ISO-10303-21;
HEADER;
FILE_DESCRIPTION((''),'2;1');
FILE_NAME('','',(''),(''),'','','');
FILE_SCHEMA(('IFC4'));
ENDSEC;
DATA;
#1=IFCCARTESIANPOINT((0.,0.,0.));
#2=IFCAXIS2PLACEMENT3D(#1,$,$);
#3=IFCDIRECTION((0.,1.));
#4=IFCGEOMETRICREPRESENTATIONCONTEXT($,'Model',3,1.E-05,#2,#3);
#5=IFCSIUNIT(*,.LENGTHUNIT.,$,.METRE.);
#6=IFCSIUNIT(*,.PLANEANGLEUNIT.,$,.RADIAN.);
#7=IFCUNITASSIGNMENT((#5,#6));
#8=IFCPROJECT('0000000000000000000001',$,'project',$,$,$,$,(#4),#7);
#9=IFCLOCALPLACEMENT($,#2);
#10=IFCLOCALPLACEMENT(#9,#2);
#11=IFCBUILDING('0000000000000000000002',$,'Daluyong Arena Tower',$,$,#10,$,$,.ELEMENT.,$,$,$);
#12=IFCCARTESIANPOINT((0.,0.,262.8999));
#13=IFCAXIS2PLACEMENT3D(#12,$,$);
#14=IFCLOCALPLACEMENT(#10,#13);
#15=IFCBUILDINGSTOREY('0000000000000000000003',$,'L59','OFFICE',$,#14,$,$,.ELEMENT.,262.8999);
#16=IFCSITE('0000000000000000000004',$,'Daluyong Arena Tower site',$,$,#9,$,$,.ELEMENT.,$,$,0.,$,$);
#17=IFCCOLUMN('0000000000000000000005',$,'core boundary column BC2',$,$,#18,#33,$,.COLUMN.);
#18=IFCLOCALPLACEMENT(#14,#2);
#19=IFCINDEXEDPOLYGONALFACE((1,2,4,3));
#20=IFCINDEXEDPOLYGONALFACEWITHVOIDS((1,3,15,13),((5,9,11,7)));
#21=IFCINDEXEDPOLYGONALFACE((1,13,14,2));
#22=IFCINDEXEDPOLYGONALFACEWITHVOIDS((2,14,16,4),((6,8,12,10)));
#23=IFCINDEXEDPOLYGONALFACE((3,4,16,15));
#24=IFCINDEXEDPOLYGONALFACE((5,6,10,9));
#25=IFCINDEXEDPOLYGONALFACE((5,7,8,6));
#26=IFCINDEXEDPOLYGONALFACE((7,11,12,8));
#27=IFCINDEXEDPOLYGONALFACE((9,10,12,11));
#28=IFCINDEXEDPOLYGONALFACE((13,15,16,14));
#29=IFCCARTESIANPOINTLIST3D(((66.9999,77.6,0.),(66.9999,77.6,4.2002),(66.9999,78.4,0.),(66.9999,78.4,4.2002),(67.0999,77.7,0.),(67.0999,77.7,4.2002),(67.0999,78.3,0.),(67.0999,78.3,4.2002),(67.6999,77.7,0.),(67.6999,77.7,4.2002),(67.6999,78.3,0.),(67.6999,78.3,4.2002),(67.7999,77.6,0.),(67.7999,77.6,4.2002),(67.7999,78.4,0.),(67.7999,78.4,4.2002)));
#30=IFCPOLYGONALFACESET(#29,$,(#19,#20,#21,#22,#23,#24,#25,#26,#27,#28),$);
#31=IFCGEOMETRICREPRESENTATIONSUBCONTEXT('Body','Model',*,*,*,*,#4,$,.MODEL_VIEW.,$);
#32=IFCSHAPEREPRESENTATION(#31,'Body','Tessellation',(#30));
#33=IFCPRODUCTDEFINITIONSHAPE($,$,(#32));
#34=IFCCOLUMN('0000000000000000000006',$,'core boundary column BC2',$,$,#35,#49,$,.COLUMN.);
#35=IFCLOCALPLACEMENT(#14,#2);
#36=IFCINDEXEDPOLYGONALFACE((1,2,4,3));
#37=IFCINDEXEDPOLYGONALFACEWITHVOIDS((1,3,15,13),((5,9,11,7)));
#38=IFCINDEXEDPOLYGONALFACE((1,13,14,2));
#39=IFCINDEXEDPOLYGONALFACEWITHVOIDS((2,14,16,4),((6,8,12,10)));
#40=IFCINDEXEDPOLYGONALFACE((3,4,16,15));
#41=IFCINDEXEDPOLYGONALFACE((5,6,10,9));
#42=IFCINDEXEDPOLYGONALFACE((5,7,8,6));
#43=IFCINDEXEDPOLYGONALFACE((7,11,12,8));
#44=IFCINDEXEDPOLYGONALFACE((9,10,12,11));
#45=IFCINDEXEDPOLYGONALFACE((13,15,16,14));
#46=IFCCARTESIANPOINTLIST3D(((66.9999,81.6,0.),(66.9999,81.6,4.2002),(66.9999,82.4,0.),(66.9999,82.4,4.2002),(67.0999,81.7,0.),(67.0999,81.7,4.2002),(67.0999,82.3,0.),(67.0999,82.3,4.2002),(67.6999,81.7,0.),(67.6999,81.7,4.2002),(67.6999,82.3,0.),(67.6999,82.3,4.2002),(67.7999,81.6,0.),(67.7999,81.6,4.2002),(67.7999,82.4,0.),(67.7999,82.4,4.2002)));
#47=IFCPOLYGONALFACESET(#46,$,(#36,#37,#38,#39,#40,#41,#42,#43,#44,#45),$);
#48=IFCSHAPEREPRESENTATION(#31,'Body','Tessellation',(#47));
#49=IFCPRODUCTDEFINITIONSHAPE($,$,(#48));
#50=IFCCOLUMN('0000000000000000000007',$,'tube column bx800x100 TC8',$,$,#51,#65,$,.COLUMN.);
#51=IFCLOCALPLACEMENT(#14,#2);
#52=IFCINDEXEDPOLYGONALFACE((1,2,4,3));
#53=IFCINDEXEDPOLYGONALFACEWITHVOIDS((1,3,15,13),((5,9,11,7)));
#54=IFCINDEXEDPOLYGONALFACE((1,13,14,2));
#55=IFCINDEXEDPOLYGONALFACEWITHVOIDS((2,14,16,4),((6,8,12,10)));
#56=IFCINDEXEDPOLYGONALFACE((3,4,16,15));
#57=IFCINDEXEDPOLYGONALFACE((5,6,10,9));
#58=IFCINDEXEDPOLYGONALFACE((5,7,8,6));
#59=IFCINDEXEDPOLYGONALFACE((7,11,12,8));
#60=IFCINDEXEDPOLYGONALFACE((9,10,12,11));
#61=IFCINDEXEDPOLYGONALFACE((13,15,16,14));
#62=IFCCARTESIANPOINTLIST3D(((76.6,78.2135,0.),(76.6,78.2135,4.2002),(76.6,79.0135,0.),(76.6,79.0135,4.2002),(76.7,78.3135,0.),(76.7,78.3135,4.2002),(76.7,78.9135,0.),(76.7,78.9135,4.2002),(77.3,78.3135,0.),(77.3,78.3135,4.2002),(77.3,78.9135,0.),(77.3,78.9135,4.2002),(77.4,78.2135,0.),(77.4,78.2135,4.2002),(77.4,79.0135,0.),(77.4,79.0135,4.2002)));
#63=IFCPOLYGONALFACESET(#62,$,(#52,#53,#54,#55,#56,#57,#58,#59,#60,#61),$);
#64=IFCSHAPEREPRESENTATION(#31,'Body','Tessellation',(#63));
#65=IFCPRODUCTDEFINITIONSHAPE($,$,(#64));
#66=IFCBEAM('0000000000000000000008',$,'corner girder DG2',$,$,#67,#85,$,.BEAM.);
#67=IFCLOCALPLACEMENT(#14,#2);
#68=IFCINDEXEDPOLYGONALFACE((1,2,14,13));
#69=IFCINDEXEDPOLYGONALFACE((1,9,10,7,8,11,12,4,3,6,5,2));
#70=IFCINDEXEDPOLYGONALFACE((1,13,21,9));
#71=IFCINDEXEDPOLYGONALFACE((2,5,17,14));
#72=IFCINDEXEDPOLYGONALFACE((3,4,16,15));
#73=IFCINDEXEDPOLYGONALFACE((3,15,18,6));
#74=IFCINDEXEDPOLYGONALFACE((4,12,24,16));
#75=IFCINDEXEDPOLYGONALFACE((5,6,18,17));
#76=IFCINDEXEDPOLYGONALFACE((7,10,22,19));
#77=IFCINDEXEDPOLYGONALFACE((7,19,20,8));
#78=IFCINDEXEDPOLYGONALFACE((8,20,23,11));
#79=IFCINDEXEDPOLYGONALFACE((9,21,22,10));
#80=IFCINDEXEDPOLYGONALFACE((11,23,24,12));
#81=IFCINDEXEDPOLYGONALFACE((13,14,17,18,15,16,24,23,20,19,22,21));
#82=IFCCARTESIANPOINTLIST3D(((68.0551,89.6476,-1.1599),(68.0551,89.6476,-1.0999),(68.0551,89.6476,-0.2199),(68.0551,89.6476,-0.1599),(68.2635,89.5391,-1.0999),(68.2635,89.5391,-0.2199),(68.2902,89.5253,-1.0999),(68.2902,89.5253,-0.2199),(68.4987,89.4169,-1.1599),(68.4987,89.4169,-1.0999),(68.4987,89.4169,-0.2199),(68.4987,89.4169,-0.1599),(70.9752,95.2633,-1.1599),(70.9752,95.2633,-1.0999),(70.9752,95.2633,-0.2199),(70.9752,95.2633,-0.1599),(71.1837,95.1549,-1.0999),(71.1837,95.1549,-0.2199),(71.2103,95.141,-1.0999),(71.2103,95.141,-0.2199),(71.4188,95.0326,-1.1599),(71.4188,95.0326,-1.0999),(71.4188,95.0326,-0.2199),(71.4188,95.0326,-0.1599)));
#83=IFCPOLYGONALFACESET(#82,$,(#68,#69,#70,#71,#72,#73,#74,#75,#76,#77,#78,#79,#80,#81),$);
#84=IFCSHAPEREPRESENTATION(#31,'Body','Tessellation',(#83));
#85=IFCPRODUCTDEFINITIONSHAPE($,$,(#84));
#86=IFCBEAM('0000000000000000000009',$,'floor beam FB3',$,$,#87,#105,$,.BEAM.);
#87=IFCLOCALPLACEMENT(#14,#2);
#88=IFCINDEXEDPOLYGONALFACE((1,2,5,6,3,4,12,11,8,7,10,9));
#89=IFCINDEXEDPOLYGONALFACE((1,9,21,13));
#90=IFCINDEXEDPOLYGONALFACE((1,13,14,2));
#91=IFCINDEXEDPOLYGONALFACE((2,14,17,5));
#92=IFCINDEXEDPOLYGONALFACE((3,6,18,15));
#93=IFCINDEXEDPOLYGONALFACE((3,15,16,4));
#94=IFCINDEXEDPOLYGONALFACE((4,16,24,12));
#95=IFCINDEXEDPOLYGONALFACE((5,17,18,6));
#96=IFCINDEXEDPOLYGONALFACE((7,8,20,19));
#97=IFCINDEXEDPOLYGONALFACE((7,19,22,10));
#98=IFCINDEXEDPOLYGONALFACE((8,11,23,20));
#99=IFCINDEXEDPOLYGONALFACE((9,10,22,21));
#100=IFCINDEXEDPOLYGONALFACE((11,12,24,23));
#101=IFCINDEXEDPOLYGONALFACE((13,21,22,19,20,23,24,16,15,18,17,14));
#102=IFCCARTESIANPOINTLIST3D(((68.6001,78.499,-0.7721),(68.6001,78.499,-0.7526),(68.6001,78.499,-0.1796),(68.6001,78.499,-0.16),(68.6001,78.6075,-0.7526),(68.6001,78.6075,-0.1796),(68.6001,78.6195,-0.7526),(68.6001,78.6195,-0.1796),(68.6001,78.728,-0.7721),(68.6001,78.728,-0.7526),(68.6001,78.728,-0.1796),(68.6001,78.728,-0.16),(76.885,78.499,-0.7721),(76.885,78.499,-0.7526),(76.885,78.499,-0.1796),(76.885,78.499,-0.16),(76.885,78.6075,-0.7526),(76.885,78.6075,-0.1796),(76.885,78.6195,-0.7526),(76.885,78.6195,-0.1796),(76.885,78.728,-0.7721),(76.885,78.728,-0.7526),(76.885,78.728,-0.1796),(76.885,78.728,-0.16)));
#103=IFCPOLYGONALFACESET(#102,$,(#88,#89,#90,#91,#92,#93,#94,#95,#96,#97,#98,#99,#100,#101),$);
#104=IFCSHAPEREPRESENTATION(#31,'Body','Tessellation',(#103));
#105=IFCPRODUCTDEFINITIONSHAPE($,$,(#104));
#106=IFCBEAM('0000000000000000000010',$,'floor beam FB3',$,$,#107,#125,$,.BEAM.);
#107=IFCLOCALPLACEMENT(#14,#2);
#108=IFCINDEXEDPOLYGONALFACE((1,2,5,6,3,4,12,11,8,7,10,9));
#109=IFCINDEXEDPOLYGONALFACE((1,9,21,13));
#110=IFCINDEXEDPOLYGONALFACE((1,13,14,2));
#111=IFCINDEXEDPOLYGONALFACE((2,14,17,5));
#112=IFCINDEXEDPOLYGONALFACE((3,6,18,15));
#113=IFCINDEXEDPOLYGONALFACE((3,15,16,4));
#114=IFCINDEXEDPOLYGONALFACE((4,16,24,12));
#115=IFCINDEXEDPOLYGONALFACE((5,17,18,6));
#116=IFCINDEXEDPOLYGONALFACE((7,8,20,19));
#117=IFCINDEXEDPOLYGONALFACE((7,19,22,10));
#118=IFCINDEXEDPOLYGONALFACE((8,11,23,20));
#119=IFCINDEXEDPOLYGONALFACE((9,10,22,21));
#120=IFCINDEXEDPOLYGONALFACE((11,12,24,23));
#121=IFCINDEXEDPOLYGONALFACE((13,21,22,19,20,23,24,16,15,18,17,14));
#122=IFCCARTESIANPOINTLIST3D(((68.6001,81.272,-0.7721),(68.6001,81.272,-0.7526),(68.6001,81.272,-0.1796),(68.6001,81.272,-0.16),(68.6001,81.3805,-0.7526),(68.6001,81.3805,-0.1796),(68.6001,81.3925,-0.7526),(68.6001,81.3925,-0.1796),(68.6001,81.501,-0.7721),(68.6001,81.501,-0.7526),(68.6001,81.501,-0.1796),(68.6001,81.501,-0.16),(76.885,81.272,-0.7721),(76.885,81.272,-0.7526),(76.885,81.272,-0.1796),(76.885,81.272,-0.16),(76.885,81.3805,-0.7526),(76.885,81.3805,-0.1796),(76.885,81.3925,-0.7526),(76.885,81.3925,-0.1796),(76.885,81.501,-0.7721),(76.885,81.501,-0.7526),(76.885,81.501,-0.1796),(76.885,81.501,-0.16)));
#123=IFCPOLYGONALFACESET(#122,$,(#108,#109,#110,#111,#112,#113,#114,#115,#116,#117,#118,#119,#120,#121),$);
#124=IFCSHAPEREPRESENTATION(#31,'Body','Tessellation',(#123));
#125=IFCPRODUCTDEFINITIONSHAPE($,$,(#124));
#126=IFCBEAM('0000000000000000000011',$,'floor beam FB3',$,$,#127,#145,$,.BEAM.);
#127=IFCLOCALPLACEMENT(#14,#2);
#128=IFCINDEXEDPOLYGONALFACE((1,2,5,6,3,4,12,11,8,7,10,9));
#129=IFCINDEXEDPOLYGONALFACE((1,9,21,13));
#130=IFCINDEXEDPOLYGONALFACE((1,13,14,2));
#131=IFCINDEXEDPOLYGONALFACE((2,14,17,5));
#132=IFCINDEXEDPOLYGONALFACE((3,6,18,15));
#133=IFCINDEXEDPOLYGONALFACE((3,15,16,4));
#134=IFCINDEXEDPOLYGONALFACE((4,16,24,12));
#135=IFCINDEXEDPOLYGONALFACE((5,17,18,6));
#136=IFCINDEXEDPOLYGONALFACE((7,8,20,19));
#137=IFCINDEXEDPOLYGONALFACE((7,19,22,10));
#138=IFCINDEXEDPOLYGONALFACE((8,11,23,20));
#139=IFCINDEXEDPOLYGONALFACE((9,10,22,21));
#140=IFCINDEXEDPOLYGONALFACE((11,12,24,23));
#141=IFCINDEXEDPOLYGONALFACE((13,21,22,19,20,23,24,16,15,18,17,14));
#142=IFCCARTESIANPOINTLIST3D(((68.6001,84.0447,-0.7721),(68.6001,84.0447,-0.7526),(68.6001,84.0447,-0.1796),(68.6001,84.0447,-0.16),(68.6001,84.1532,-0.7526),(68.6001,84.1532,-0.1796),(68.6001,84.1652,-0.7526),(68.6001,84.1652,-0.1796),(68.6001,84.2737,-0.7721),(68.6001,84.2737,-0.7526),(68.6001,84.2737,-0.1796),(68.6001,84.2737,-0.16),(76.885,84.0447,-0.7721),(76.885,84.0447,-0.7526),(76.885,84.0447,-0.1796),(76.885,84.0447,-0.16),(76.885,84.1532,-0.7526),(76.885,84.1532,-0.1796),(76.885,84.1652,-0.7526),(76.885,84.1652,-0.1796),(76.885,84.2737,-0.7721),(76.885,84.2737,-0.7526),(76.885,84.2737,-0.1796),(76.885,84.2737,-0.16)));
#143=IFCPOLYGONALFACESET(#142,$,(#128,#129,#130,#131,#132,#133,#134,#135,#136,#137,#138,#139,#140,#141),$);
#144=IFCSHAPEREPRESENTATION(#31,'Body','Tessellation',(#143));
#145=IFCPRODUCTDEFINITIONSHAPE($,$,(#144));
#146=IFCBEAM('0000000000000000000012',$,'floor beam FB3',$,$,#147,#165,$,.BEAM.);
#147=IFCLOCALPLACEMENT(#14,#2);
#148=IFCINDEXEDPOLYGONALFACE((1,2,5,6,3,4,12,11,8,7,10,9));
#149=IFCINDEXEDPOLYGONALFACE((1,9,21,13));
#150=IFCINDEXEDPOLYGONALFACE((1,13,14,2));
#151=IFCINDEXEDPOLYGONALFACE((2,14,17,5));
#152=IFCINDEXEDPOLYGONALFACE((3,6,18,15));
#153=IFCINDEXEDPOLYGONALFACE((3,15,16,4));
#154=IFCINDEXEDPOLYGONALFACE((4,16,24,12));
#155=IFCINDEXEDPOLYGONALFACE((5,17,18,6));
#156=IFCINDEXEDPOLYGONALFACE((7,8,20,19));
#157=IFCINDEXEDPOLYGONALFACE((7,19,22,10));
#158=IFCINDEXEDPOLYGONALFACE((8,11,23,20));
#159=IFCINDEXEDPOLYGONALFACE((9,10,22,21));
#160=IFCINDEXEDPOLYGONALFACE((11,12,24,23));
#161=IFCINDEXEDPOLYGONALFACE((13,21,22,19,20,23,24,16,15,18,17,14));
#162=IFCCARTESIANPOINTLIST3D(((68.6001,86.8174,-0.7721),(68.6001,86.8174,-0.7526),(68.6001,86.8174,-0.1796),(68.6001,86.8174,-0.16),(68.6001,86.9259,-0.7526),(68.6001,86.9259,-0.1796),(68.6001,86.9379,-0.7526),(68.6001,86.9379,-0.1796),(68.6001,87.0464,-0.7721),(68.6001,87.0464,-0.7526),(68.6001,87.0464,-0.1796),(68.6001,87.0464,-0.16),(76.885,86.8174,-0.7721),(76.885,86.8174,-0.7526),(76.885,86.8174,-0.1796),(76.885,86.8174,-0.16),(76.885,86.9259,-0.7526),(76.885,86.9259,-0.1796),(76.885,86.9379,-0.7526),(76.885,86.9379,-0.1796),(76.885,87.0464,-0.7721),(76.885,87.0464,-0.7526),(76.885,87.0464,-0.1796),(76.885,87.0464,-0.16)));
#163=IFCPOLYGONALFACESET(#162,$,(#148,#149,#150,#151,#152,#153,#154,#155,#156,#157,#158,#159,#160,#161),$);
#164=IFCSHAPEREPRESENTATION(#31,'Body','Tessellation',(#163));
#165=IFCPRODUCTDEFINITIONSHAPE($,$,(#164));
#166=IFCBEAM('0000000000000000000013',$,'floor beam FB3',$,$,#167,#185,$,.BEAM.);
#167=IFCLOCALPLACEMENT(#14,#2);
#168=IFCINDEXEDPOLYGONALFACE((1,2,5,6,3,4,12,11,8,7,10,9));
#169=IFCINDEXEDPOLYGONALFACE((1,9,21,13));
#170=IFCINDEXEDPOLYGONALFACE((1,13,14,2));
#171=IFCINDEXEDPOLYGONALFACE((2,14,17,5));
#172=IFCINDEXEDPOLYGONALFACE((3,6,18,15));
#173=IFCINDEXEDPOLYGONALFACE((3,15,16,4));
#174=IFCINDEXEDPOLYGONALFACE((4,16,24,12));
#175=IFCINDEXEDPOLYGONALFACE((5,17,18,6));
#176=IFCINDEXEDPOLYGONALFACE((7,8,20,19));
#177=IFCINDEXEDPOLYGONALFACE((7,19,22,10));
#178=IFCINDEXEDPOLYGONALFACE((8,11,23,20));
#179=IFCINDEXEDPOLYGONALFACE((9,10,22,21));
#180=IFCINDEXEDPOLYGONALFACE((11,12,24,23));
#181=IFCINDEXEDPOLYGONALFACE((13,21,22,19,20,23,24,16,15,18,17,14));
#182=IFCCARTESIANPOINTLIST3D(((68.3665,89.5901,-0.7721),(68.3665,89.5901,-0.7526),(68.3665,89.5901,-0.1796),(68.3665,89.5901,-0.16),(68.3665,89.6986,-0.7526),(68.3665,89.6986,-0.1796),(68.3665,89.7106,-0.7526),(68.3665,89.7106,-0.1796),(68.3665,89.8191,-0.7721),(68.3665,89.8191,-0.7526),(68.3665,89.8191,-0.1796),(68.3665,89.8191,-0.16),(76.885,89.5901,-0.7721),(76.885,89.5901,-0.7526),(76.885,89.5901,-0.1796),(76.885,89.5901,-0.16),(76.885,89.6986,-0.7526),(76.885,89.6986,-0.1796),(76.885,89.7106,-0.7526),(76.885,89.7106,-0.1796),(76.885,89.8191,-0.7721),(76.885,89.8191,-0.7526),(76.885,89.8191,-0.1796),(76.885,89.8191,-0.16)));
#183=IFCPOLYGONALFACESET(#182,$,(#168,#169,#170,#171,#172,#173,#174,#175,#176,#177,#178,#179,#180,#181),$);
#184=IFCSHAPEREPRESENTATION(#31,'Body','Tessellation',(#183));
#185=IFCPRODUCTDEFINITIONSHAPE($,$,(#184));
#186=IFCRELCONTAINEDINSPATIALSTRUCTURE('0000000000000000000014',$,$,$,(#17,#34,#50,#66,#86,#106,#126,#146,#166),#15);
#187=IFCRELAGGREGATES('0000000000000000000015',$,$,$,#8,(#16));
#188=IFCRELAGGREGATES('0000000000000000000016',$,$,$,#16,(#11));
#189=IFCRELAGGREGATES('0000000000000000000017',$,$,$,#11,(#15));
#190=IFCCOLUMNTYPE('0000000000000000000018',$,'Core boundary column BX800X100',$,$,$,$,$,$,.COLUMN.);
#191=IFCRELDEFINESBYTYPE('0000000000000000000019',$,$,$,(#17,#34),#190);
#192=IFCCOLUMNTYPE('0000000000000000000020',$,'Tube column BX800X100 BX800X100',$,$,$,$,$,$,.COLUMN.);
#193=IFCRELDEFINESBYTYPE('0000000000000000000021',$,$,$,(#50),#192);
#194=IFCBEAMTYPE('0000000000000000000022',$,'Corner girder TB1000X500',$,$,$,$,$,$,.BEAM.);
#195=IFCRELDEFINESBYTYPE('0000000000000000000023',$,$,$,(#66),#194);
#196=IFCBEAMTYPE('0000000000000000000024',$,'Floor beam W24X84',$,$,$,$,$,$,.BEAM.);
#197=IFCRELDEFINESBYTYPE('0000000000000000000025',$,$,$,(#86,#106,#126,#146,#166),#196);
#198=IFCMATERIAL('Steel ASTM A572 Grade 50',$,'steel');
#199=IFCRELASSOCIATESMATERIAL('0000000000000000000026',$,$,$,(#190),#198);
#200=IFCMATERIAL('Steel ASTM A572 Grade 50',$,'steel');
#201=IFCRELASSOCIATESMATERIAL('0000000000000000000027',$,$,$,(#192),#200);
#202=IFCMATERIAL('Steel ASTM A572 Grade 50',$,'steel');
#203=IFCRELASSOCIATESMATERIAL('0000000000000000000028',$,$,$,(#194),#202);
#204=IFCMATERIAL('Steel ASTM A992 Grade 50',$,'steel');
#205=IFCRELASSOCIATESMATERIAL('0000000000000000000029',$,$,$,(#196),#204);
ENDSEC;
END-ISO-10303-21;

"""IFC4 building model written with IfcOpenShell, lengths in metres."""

from ifc_helpers import new_model, si_unit, direction, frame, origin, origin_2d, place, context, subcontext, project, spatial, hollow_rectangle, i_section, extrude, material, material_profile, profile_set, type_object, element, save


model = new_model("IFC4")

# Units and contexts
model_context = context("Model", 3, precision=1e-05, world=origin(), true_north=direction((0.0, 1.0)))
body_context = subcontext(model_context, "Body", "Model", "MODEL_VIEW")
ifc_project = project(units=[si_unit("LENGTHUNIT", "METRE"), si_unit("PLANEANGLEUNIT", "RADIAN")], contexts=[model_context])

# Site, building, storey
site_placement = place(None, origin())
site = spatial("IfcSite", under=ifc_project, at=site_placement, Name="Daluyong Arena Tower site", CompositionType="ELEMENT", RefElevation=0.0)
building_placement = place(site_placement, origin())
building = spatial("IfcBuilding", under=site, at=building_placement, Name="Daluyong Arena Tower", CompositionType="ELEMENT")
storey_placement = place(building_placement, frame((0.0, 0.0, 262.8999)))
storey = spatial("IfcBuildingStorey", under=building, at=storey_placement, Name="L59", Description="OFFICE", CompositionType="ELEMENT", Elevation=262.8999)

# Columns
ifc_material_1 = material(Name="Steel ASTM A572 Grade 50", Category="steel")
ifc_material_profile_1 = material_profile(ifc_material_1, hollow_rectangle(XDim=0.8, YDim=0.8, WallThickness=0.1, at=origin_2d()))
ifc_profile_set_1 = profile_set([ifc_material_profile_1], Name="Steel ASTM A572 Grade 50")
column_type_1 = type_object("IfcColumnType", Name="Core boundary column BX800X100", PredefinedType="COLUMN", material=ifc_profile_set_1)
for number, where, z_axis, x_axis, name in (
    (1, (67.3999, 78.0, 0.0), (0.0, 0.0, 1.0), (1.0, 0.0, 0.0), "core boundary column BC2"),
    (2, (67.3999, 82.0, 0.0), (0.0, 0.0, 1.0), (1.0, 0.0, 0.0), "core boundary column BC2"),
):
    element("IfcColumn", number, at=place(storey_placement, frame(where, z_axis=z_axis, x_axis=x_axis)), inside=storey, type_object=column_type_1, Name=name, PredefinedType="COLUMN", context=body_context, shape_type="SweptSolid", body=[
        extrude(hollow_rectangle(XDim=0.8, YDim=0.8, WallThickness=0.1, at=origin_2d()), origin(), (0.0, 0.0, 1.0), 4.2002),
    ])
ifc_material_2 = material(Name="Steel ASTM A572 Grade 50", Category="steel")
ifc_material_profile_2 = material_profile(ifc_material_2, hollow_rectangle(XDim=0.8, YDim=0.8, WallThickness=0.1, at=origin_2d()))
ifc_profile_set_2 = profile_set([ifc_material_profile_2], Name="Steel ASTM A572 Grade 50")
column_type_2 = type_object("IfcColumnType", Name="Tube column BX800X100 BX800X100", PredefinedType="COLUMN", material=ifc_profile_set_2)
column_placement = place(storey_placement, frame((77.0, 78.6135, 0.0), z_axis=(0.0, 0.0, 1.0), x_axis=(0.0, 1.0, 0.0)))
element("IfcColumn", 3, at=column_placement, inside=storey, type_object=column_type_2, Name="tube column bx800x100 TC8", PredefinedType="COLUMN", context=body_context, shape_type="SweptSolid", body=[
    extrude(hollow_rectangle(XDim=0.8, YDim=0.8, WallThickness=0.1, at=origin_2d()), origin(), (0.0, 0.0, 1.0), 4.2002),
])

# Beams
ifc_material_3 = material(Name="Steel ASTM A572 Grade 50", Category="steel")
ifc_material_profile_3 = material_profile(ifc_material_3, i_section(OverallWidth=0.5, OverallDepth=1.0, WebThickness=0.03, FlangeThickness=0.06, at=origin_2d()))
ifc_profile_set_3 = profile_set([ifc_material_profile_3], Name="Steel ASTM A572 Grade 50")
beam_type_1 = type_object("IfcBeamType", Name="Corner girder TB1000X500", PredefinedType="BEAM", material=ifc_profile_set_3)
beam_1_placement = place(storey_placement, frame((71.197, 95.1479, -0.6599), z_axis=(-0.461352, -0.887217, 0.0), x_axis=(0.887217, -0.461352, 0.0)))
element("IfcBeam", 4, at=beam_1_placement, inside=storey, type_object=beam_type_1, Name="corner girder DG2", PredefinedType="BEAM", context=body_context, shape_type="SweptSolid", body=[
    extrude(i_section(OverallWidth=0.5, OverallDepth=1.0, WebThickness=0.03, FlangeThickness=0.06, at=origin_2d()), origin(), (0.0, 0.0, 1.0), 6.3296),
])
ifc_material_4 = material(Name="Steel ASTM A992 Grade 50", Category="steel")
ifc_material_profile_4 = material_profile(ifc_material_4, i_section(OverallWidth=0.229, OverallDepth=0.6121, WebThickness=0.012, FlangeThickness=0.0195, at=origin_2d()))
ifc_profile_set_4 = profile_set([ifc_material_profile_4], Name="Steel ASTM A992 Grade 50")
beam_type_2 = type_object("IfcBeamType", Name="Floor beam W24X84", PredefinedType="BEAM", material=ifc_profile_set_4)
for number, where, z_axis, x_axis, name in (
    (5, (76.885, 78.6135, -0.4661), (-1.0, 0.0, 0.0), (0.0, -1.0, 0.0), "floor beam FB3"),
    (6, (76.885, 81.3865, -0.4661), (-1.0, 0.0, 0.0), (0.0, -1.0, 0.0), "floor beam FB3"),
    (7, (76.885, 84.1592, -0.4661), (-1.0, 0.0, 0.0), (0.0, -1.0, 0.0), "floor beam FB3"),
    (8, (76.885, 86.9319, -0.4661), (-1.0, 0.0, 0.0), (0.0, -1.0, 0.0), "floor beam FB3"),
):
    element("IfcBeam", number, at=place(storey_placement, frame(where, z_axis=z_axis, x_axis=x_axis)), inside=storey, type_object=beam_type_2, Name=name, PredefinedType="BEAM", context=body_context, shape_type="SweptSolid", body=[
        extrude(i_section(OverallWidth=0.229, OverallDepth=0.6121, WebThickness=0.012, FlangeThickness=0.0195, at=origin_2d()), origin(), (0.0, 0.0, 1.0), 8.2849),
    ])
beam_2_placement = place(storey_placement, frame((76.885, 89.7046, -0.4661), z_axis=(-1.0, 0.0, 0.0), x_axis=(0.0, -1.0, 0.0)))
element("IfcBeam", 9, at=beam_2_placement, inside=storey, type_object=beam_type_2, Name="floor beam FB3", PredefinedType="BEAM", context=body_context, shape_type="SweptSolid", body=[
    extrude(i_section(OverallWidth=0.229, OverallDepth=0.6121, WebThickness=0.012, FlangeThickness=0.0195, at=origin_2d()), origin(), (0.0, 0.0, 1.0), 8.5186),
])

save(model, "model.ifc")
